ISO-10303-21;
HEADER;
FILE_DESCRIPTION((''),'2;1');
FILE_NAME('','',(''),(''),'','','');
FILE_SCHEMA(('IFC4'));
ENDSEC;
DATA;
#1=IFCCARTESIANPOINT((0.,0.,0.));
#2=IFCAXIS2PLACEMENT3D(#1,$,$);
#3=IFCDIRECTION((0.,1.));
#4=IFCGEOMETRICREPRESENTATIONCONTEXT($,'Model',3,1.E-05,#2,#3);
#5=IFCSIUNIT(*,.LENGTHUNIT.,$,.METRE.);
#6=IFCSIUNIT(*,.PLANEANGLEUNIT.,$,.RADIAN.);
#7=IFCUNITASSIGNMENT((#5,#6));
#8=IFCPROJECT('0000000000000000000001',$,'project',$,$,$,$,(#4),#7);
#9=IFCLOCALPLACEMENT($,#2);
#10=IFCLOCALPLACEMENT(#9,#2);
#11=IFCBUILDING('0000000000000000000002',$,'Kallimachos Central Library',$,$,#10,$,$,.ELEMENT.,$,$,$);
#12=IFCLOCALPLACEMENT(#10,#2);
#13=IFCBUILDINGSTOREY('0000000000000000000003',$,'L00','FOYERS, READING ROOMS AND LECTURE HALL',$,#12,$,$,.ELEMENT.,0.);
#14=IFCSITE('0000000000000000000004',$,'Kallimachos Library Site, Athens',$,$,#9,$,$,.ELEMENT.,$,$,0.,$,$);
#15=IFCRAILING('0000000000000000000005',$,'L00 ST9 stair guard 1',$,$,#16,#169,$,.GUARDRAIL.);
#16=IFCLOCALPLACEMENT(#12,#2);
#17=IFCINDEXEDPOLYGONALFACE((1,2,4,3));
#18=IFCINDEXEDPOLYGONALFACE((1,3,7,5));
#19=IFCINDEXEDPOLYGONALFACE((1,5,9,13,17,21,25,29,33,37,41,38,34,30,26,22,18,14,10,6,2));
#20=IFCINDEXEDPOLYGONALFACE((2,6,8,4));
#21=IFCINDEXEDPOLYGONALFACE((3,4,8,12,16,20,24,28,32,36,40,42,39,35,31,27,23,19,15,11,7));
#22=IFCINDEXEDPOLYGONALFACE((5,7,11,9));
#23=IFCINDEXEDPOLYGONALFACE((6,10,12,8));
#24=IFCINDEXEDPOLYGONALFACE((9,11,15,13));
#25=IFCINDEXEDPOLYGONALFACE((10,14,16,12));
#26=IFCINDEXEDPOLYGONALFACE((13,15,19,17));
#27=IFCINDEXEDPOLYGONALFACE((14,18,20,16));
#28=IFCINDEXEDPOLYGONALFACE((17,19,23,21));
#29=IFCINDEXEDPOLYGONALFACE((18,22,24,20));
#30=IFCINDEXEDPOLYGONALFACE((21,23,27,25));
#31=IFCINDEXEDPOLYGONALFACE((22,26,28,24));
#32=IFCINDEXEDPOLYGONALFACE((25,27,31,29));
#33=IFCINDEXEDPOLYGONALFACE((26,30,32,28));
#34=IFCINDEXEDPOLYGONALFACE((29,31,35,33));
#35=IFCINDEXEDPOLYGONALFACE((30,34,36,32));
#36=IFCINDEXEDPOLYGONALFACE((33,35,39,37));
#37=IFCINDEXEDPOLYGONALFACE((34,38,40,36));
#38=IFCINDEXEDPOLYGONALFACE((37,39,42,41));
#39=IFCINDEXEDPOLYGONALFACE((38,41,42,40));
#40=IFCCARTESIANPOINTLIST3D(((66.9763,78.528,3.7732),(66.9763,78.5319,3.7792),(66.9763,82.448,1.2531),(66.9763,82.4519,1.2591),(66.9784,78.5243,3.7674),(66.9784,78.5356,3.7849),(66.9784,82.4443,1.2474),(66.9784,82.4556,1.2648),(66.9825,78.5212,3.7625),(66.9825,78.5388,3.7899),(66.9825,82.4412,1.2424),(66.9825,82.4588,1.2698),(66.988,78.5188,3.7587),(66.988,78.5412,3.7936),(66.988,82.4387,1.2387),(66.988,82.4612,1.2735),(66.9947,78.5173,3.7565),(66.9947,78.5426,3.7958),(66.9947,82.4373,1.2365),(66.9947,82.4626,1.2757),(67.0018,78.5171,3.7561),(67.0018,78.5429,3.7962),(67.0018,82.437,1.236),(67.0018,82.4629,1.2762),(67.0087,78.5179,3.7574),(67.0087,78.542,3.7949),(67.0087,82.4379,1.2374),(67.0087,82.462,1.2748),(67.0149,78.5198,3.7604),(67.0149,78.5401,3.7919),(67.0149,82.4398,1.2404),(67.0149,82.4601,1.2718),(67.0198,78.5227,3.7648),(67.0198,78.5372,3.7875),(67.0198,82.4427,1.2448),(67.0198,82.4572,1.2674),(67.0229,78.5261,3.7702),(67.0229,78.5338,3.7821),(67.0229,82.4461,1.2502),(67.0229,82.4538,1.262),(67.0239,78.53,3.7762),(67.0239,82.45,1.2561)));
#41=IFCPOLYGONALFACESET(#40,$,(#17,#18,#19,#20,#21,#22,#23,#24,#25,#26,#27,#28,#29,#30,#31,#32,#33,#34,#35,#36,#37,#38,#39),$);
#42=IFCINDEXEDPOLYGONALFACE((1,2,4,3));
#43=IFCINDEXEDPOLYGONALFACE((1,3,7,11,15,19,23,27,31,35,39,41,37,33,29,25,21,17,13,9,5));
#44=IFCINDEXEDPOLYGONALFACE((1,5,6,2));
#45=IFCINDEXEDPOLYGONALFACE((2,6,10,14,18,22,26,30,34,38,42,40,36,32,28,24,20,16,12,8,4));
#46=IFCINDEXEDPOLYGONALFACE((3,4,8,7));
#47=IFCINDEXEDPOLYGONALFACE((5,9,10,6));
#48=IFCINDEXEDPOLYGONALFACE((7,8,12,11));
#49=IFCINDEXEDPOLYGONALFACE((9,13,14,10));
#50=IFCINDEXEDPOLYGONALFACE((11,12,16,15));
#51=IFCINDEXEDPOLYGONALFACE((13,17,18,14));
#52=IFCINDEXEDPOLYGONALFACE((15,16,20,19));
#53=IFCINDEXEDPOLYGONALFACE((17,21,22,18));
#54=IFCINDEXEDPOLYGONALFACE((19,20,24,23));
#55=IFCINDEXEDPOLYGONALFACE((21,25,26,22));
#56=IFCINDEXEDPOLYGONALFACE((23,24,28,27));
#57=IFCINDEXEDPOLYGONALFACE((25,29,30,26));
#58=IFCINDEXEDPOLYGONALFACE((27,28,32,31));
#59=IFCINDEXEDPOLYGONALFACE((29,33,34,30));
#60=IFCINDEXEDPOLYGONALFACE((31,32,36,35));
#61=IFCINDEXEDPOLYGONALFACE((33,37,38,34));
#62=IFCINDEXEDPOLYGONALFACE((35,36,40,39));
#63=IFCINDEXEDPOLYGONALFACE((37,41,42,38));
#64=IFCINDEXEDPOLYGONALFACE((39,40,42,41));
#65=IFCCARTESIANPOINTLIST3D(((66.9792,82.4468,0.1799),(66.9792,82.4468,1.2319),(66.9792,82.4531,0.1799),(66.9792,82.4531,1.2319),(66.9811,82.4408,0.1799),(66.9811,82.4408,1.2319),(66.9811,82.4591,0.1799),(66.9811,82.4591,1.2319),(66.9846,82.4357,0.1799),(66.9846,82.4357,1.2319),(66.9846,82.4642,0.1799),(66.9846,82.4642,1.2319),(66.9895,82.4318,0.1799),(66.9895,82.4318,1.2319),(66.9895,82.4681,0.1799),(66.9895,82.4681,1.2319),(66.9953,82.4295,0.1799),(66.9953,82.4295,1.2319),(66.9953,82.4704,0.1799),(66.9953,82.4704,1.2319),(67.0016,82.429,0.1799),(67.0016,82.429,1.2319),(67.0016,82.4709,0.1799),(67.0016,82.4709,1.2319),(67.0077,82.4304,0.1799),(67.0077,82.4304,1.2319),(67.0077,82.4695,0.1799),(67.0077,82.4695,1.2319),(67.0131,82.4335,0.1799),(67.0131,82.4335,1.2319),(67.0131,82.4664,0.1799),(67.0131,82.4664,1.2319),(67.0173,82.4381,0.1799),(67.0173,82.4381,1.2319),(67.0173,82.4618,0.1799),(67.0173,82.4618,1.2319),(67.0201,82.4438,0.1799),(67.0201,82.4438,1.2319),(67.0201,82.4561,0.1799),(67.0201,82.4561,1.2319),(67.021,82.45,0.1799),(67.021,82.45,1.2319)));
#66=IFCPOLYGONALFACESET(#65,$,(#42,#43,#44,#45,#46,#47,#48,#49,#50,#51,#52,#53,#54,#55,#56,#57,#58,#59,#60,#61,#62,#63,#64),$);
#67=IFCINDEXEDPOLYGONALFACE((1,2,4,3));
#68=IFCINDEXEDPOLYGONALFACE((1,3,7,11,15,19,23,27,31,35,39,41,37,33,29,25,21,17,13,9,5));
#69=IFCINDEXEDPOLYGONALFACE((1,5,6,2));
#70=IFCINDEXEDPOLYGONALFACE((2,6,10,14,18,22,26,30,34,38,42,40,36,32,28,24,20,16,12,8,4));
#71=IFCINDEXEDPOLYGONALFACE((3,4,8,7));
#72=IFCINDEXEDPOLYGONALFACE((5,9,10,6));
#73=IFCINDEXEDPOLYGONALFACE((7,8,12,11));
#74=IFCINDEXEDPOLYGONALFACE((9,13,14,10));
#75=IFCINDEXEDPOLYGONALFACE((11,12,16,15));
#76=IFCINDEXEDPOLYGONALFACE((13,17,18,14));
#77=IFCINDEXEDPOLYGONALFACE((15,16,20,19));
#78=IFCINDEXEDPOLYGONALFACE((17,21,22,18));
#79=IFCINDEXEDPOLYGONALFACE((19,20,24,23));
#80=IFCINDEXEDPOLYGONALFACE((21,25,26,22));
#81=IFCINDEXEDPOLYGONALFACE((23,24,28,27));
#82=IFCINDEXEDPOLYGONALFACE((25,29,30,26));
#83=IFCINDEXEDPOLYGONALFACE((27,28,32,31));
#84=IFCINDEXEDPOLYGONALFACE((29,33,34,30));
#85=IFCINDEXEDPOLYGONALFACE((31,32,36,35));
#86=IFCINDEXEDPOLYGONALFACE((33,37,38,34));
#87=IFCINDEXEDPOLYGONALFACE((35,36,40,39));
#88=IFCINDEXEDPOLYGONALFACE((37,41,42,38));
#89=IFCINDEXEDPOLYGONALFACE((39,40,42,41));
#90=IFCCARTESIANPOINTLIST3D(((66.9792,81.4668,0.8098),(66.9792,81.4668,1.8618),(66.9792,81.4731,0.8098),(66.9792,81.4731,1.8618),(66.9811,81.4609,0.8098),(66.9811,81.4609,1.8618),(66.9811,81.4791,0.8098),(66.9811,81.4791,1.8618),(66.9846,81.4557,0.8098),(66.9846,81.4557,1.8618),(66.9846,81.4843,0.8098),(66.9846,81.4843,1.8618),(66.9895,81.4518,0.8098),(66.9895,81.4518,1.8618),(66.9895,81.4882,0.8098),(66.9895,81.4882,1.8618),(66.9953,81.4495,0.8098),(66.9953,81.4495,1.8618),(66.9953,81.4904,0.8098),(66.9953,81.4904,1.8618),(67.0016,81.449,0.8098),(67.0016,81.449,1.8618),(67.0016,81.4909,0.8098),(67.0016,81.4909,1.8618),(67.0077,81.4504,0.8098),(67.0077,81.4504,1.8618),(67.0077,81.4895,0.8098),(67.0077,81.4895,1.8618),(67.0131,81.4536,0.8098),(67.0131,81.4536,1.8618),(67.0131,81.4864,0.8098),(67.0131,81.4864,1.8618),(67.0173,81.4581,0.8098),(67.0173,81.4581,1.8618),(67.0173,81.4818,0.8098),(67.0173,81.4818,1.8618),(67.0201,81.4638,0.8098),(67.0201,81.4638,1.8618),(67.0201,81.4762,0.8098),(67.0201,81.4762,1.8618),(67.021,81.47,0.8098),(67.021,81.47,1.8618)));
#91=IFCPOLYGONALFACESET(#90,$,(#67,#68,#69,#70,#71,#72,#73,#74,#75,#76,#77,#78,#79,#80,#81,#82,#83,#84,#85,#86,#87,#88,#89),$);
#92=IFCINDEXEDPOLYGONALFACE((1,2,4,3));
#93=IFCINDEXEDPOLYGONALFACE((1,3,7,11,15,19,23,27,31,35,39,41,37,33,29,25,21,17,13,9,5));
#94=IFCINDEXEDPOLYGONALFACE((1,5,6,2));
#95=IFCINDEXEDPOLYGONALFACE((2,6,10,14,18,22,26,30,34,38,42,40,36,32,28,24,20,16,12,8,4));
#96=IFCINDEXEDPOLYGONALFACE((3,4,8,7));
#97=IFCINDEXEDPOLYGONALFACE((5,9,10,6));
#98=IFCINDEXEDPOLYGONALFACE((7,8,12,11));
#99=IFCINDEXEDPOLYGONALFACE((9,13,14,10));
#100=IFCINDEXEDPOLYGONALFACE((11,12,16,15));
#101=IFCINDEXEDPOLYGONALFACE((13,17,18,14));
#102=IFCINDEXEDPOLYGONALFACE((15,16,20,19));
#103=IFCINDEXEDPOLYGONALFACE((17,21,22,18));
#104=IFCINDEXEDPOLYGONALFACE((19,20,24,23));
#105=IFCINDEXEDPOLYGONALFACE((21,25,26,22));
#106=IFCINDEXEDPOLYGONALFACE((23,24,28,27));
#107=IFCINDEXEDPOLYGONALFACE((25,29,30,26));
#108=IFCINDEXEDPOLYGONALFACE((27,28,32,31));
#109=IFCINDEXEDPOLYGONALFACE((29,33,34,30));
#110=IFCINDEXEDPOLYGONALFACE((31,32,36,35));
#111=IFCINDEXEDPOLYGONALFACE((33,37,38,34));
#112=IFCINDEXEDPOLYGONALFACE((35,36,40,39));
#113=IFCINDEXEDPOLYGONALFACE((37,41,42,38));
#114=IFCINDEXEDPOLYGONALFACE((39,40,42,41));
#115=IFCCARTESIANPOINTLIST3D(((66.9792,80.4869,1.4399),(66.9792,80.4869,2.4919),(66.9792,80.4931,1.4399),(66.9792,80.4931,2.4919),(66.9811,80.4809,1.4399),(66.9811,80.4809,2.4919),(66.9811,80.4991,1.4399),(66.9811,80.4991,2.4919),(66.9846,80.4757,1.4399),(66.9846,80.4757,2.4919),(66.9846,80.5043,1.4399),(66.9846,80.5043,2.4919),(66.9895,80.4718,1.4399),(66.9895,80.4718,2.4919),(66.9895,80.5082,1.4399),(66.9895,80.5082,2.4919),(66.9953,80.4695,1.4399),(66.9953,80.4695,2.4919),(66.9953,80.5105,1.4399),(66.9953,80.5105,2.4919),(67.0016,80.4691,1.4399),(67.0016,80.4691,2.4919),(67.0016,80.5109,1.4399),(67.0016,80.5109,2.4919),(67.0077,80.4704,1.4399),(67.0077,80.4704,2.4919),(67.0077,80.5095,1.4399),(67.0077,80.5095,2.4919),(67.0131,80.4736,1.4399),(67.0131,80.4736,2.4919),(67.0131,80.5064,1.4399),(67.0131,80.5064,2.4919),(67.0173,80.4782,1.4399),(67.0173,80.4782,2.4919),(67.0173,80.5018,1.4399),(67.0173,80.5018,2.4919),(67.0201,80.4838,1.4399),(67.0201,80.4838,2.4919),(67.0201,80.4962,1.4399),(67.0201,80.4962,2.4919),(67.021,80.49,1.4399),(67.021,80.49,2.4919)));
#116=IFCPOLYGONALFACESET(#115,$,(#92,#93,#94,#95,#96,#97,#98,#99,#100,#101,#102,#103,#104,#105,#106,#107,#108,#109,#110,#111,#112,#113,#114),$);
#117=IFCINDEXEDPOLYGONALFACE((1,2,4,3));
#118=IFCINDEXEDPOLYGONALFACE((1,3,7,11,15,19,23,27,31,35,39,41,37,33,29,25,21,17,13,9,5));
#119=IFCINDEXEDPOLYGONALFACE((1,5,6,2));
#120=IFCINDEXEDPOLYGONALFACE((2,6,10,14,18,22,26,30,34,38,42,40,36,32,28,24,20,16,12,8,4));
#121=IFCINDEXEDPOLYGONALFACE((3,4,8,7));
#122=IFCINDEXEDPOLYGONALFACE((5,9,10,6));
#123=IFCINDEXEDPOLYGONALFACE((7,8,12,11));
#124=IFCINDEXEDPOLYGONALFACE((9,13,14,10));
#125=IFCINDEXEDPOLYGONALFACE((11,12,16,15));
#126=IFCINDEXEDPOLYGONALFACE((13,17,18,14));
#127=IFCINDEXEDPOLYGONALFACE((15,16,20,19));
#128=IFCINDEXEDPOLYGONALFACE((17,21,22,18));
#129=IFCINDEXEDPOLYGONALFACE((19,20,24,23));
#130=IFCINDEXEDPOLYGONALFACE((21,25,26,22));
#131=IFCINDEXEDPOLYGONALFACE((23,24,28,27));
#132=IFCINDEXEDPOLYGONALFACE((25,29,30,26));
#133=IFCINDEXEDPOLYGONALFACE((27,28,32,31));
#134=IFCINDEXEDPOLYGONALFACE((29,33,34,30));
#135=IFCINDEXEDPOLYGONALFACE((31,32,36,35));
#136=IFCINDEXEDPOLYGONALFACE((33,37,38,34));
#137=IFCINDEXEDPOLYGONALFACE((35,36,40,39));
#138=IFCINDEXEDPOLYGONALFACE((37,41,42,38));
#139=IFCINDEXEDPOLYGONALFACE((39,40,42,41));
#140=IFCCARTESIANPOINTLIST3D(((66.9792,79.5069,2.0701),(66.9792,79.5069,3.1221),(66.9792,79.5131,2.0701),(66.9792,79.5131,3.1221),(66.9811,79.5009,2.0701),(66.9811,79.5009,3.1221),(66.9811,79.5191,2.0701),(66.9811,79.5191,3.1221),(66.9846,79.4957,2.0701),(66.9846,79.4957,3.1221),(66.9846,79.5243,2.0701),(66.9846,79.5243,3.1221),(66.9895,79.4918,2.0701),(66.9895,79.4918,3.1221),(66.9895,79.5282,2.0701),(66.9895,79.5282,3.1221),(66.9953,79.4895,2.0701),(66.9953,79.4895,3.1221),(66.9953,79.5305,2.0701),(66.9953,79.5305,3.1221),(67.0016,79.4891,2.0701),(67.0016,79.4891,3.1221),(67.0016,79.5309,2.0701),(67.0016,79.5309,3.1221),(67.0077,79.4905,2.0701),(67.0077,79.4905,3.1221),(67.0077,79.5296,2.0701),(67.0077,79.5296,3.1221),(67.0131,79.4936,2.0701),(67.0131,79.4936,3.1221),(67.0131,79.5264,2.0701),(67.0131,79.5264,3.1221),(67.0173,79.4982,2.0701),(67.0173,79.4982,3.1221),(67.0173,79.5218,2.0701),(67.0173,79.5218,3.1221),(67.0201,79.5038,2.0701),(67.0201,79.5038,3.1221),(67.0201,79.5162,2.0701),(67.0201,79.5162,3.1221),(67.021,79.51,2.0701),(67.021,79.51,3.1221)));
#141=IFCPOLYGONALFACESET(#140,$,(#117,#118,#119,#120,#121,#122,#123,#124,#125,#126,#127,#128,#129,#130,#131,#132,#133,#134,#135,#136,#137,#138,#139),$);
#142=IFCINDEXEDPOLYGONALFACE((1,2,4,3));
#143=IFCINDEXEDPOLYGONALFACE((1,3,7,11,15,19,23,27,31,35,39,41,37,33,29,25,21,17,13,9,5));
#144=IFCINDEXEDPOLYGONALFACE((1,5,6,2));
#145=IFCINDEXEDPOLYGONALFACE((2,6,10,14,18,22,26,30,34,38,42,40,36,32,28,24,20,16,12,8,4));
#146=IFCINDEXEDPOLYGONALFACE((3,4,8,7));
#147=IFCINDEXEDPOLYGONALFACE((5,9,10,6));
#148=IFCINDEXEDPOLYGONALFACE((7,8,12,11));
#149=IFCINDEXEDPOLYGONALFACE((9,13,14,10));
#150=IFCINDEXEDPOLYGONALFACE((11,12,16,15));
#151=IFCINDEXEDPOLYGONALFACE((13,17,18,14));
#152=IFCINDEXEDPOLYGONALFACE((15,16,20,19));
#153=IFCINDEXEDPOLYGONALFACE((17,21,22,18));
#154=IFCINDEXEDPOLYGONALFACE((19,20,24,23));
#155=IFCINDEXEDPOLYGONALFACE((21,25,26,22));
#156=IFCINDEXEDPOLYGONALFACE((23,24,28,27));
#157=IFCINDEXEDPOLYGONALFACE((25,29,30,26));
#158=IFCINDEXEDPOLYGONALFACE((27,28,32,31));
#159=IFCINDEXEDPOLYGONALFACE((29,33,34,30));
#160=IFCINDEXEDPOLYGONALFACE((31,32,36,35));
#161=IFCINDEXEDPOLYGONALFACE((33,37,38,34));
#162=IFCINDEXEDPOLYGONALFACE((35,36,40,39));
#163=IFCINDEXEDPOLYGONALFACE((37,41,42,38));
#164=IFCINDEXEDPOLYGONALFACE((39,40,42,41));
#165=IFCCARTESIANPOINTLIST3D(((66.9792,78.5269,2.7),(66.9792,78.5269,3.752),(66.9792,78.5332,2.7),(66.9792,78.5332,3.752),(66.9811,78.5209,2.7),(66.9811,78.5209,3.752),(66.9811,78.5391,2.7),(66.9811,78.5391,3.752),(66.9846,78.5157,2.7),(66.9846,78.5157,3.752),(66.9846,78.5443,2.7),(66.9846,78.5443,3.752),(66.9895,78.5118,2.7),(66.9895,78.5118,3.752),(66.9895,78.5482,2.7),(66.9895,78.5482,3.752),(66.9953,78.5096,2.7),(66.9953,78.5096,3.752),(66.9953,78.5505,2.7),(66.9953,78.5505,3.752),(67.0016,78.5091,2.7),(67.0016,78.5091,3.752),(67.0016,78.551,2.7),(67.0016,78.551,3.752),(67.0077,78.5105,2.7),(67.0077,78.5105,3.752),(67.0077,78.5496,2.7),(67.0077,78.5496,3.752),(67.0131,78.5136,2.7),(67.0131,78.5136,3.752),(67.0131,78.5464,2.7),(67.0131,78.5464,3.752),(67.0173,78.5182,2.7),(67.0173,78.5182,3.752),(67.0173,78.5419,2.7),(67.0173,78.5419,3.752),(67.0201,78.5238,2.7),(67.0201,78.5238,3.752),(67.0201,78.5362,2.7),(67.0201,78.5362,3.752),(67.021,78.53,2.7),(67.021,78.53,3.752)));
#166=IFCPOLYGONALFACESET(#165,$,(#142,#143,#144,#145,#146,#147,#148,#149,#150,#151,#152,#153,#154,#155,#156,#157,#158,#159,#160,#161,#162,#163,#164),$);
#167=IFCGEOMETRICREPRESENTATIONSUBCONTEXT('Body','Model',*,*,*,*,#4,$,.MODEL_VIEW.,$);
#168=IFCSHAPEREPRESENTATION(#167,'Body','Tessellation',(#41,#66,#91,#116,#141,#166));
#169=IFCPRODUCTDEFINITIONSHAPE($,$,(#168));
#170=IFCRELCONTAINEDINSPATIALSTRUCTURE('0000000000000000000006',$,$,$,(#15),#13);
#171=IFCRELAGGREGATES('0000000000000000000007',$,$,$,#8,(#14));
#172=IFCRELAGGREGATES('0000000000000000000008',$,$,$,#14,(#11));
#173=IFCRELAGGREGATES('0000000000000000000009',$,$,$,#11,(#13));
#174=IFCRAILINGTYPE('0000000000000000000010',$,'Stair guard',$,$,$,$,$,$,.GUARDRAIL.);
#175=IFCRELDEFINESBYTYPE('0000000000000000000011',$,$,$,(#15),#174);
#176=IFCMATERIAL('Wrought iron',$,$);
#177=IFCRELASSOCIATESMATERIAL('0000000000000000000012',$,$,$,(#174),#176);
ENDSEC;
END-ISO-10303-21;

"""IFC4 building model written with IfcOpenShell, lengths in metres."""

from ifc_helpers import new_model, si_unit, direction, frame, origin, origin_2d, place, context, subcontext, project, spatial, circle, extrude, material, type_object, element, save


model = new_model("IFC4")

# Units and contexts
model_context = context("Model", 3, precision=1e-05, world=origin(), true_north=direction((0.0, 1.0)))
body_context = subcontext(model_context, "Body", "Model", "MODEL_VIEW")
ifc_project = project(units=[si_unit("LENGTHUNIT", "METRE"), si_unit("PLANEANGLEUNIT", "RADIAN")], contexts=[model_context])

# Site, building, storey
site_placement = place(None, origin())
site = spatial("IfcSite", under=ifc_project, at=site_placement, Name="Kallimachos Library Site, Athens", CompositionType="ELEMENT", RefElevation=0.0)
building_placement = place(site_placement, origin())
building = spatial("IfcBuilding", under=site, at=building_placement, Name="Kallimachos Central Library", CompositionType="ELEMENT")
storey_placement = place(building_placement, origin())
storey = spatial("IfcBuildingStorey", under=building, at=storey_placement, Name="L00", Description="FOYERS, READING ROOMS AND LECTURE HALL", CompositionType="ELEMENT", Elevation=0.0)

# Railing
ifc_material_1 = material(Name="Wrought iron")
railing_type_1 = type_object("IfcRailingType", Name="Stair guard", PredefinedType="GUARDRAIL", material=ifc_material_1)
railing_1_placement = place(storey_placement, frame((67.0, 82.45, 0.1799)))
element("IfcRailing", 1, at=railing_1_placement, inside=storey, type_object=railing_type_1, Name="L00 ST9 stair guard 1", PredefinedType="GUARDRAIL", context=body_context, shape_type="SweptSolid", body=[
    extrude(circle(Radius=0.0239, at=origin_2d()), frame((0.0, 0.0, 1.0762), z_axis=(0.0, -0.841172, 0.540768), x_axis=(1.0, 0.0, 0.0)), (0.0, 0.0, 1.0), 4.6602),
    extrude(circle(Radius=0.021, at=origin_2d()), origin(), (0.0, 0.0, 1.0), 1.052),
    extrude(circle(Radius=0.021, at=origin_2d()), frame((0.0, -0.98, 0.6299)), (0.0, 0.0, 1.0), 1.052),
    extrude(circle(Radius=0.021, at=origin_2d()), frame((0.0, -1.96, 1.26)), (0.0, 0.0, 1.0), 1.052),
    extrude(circle(Radius=0.021, at=origin_2d()), frame((0.0, -2.9399, 1.8901)), (0.0, 0.0, 1.0), 1.052),
    extrude(circle(Radius=0.021, at=origin_2d()), frame((0.0, -3.9199, 2.52)), (0.0, 0.0, 1.0), 1.052),
])

save(model, "model.ifc")
